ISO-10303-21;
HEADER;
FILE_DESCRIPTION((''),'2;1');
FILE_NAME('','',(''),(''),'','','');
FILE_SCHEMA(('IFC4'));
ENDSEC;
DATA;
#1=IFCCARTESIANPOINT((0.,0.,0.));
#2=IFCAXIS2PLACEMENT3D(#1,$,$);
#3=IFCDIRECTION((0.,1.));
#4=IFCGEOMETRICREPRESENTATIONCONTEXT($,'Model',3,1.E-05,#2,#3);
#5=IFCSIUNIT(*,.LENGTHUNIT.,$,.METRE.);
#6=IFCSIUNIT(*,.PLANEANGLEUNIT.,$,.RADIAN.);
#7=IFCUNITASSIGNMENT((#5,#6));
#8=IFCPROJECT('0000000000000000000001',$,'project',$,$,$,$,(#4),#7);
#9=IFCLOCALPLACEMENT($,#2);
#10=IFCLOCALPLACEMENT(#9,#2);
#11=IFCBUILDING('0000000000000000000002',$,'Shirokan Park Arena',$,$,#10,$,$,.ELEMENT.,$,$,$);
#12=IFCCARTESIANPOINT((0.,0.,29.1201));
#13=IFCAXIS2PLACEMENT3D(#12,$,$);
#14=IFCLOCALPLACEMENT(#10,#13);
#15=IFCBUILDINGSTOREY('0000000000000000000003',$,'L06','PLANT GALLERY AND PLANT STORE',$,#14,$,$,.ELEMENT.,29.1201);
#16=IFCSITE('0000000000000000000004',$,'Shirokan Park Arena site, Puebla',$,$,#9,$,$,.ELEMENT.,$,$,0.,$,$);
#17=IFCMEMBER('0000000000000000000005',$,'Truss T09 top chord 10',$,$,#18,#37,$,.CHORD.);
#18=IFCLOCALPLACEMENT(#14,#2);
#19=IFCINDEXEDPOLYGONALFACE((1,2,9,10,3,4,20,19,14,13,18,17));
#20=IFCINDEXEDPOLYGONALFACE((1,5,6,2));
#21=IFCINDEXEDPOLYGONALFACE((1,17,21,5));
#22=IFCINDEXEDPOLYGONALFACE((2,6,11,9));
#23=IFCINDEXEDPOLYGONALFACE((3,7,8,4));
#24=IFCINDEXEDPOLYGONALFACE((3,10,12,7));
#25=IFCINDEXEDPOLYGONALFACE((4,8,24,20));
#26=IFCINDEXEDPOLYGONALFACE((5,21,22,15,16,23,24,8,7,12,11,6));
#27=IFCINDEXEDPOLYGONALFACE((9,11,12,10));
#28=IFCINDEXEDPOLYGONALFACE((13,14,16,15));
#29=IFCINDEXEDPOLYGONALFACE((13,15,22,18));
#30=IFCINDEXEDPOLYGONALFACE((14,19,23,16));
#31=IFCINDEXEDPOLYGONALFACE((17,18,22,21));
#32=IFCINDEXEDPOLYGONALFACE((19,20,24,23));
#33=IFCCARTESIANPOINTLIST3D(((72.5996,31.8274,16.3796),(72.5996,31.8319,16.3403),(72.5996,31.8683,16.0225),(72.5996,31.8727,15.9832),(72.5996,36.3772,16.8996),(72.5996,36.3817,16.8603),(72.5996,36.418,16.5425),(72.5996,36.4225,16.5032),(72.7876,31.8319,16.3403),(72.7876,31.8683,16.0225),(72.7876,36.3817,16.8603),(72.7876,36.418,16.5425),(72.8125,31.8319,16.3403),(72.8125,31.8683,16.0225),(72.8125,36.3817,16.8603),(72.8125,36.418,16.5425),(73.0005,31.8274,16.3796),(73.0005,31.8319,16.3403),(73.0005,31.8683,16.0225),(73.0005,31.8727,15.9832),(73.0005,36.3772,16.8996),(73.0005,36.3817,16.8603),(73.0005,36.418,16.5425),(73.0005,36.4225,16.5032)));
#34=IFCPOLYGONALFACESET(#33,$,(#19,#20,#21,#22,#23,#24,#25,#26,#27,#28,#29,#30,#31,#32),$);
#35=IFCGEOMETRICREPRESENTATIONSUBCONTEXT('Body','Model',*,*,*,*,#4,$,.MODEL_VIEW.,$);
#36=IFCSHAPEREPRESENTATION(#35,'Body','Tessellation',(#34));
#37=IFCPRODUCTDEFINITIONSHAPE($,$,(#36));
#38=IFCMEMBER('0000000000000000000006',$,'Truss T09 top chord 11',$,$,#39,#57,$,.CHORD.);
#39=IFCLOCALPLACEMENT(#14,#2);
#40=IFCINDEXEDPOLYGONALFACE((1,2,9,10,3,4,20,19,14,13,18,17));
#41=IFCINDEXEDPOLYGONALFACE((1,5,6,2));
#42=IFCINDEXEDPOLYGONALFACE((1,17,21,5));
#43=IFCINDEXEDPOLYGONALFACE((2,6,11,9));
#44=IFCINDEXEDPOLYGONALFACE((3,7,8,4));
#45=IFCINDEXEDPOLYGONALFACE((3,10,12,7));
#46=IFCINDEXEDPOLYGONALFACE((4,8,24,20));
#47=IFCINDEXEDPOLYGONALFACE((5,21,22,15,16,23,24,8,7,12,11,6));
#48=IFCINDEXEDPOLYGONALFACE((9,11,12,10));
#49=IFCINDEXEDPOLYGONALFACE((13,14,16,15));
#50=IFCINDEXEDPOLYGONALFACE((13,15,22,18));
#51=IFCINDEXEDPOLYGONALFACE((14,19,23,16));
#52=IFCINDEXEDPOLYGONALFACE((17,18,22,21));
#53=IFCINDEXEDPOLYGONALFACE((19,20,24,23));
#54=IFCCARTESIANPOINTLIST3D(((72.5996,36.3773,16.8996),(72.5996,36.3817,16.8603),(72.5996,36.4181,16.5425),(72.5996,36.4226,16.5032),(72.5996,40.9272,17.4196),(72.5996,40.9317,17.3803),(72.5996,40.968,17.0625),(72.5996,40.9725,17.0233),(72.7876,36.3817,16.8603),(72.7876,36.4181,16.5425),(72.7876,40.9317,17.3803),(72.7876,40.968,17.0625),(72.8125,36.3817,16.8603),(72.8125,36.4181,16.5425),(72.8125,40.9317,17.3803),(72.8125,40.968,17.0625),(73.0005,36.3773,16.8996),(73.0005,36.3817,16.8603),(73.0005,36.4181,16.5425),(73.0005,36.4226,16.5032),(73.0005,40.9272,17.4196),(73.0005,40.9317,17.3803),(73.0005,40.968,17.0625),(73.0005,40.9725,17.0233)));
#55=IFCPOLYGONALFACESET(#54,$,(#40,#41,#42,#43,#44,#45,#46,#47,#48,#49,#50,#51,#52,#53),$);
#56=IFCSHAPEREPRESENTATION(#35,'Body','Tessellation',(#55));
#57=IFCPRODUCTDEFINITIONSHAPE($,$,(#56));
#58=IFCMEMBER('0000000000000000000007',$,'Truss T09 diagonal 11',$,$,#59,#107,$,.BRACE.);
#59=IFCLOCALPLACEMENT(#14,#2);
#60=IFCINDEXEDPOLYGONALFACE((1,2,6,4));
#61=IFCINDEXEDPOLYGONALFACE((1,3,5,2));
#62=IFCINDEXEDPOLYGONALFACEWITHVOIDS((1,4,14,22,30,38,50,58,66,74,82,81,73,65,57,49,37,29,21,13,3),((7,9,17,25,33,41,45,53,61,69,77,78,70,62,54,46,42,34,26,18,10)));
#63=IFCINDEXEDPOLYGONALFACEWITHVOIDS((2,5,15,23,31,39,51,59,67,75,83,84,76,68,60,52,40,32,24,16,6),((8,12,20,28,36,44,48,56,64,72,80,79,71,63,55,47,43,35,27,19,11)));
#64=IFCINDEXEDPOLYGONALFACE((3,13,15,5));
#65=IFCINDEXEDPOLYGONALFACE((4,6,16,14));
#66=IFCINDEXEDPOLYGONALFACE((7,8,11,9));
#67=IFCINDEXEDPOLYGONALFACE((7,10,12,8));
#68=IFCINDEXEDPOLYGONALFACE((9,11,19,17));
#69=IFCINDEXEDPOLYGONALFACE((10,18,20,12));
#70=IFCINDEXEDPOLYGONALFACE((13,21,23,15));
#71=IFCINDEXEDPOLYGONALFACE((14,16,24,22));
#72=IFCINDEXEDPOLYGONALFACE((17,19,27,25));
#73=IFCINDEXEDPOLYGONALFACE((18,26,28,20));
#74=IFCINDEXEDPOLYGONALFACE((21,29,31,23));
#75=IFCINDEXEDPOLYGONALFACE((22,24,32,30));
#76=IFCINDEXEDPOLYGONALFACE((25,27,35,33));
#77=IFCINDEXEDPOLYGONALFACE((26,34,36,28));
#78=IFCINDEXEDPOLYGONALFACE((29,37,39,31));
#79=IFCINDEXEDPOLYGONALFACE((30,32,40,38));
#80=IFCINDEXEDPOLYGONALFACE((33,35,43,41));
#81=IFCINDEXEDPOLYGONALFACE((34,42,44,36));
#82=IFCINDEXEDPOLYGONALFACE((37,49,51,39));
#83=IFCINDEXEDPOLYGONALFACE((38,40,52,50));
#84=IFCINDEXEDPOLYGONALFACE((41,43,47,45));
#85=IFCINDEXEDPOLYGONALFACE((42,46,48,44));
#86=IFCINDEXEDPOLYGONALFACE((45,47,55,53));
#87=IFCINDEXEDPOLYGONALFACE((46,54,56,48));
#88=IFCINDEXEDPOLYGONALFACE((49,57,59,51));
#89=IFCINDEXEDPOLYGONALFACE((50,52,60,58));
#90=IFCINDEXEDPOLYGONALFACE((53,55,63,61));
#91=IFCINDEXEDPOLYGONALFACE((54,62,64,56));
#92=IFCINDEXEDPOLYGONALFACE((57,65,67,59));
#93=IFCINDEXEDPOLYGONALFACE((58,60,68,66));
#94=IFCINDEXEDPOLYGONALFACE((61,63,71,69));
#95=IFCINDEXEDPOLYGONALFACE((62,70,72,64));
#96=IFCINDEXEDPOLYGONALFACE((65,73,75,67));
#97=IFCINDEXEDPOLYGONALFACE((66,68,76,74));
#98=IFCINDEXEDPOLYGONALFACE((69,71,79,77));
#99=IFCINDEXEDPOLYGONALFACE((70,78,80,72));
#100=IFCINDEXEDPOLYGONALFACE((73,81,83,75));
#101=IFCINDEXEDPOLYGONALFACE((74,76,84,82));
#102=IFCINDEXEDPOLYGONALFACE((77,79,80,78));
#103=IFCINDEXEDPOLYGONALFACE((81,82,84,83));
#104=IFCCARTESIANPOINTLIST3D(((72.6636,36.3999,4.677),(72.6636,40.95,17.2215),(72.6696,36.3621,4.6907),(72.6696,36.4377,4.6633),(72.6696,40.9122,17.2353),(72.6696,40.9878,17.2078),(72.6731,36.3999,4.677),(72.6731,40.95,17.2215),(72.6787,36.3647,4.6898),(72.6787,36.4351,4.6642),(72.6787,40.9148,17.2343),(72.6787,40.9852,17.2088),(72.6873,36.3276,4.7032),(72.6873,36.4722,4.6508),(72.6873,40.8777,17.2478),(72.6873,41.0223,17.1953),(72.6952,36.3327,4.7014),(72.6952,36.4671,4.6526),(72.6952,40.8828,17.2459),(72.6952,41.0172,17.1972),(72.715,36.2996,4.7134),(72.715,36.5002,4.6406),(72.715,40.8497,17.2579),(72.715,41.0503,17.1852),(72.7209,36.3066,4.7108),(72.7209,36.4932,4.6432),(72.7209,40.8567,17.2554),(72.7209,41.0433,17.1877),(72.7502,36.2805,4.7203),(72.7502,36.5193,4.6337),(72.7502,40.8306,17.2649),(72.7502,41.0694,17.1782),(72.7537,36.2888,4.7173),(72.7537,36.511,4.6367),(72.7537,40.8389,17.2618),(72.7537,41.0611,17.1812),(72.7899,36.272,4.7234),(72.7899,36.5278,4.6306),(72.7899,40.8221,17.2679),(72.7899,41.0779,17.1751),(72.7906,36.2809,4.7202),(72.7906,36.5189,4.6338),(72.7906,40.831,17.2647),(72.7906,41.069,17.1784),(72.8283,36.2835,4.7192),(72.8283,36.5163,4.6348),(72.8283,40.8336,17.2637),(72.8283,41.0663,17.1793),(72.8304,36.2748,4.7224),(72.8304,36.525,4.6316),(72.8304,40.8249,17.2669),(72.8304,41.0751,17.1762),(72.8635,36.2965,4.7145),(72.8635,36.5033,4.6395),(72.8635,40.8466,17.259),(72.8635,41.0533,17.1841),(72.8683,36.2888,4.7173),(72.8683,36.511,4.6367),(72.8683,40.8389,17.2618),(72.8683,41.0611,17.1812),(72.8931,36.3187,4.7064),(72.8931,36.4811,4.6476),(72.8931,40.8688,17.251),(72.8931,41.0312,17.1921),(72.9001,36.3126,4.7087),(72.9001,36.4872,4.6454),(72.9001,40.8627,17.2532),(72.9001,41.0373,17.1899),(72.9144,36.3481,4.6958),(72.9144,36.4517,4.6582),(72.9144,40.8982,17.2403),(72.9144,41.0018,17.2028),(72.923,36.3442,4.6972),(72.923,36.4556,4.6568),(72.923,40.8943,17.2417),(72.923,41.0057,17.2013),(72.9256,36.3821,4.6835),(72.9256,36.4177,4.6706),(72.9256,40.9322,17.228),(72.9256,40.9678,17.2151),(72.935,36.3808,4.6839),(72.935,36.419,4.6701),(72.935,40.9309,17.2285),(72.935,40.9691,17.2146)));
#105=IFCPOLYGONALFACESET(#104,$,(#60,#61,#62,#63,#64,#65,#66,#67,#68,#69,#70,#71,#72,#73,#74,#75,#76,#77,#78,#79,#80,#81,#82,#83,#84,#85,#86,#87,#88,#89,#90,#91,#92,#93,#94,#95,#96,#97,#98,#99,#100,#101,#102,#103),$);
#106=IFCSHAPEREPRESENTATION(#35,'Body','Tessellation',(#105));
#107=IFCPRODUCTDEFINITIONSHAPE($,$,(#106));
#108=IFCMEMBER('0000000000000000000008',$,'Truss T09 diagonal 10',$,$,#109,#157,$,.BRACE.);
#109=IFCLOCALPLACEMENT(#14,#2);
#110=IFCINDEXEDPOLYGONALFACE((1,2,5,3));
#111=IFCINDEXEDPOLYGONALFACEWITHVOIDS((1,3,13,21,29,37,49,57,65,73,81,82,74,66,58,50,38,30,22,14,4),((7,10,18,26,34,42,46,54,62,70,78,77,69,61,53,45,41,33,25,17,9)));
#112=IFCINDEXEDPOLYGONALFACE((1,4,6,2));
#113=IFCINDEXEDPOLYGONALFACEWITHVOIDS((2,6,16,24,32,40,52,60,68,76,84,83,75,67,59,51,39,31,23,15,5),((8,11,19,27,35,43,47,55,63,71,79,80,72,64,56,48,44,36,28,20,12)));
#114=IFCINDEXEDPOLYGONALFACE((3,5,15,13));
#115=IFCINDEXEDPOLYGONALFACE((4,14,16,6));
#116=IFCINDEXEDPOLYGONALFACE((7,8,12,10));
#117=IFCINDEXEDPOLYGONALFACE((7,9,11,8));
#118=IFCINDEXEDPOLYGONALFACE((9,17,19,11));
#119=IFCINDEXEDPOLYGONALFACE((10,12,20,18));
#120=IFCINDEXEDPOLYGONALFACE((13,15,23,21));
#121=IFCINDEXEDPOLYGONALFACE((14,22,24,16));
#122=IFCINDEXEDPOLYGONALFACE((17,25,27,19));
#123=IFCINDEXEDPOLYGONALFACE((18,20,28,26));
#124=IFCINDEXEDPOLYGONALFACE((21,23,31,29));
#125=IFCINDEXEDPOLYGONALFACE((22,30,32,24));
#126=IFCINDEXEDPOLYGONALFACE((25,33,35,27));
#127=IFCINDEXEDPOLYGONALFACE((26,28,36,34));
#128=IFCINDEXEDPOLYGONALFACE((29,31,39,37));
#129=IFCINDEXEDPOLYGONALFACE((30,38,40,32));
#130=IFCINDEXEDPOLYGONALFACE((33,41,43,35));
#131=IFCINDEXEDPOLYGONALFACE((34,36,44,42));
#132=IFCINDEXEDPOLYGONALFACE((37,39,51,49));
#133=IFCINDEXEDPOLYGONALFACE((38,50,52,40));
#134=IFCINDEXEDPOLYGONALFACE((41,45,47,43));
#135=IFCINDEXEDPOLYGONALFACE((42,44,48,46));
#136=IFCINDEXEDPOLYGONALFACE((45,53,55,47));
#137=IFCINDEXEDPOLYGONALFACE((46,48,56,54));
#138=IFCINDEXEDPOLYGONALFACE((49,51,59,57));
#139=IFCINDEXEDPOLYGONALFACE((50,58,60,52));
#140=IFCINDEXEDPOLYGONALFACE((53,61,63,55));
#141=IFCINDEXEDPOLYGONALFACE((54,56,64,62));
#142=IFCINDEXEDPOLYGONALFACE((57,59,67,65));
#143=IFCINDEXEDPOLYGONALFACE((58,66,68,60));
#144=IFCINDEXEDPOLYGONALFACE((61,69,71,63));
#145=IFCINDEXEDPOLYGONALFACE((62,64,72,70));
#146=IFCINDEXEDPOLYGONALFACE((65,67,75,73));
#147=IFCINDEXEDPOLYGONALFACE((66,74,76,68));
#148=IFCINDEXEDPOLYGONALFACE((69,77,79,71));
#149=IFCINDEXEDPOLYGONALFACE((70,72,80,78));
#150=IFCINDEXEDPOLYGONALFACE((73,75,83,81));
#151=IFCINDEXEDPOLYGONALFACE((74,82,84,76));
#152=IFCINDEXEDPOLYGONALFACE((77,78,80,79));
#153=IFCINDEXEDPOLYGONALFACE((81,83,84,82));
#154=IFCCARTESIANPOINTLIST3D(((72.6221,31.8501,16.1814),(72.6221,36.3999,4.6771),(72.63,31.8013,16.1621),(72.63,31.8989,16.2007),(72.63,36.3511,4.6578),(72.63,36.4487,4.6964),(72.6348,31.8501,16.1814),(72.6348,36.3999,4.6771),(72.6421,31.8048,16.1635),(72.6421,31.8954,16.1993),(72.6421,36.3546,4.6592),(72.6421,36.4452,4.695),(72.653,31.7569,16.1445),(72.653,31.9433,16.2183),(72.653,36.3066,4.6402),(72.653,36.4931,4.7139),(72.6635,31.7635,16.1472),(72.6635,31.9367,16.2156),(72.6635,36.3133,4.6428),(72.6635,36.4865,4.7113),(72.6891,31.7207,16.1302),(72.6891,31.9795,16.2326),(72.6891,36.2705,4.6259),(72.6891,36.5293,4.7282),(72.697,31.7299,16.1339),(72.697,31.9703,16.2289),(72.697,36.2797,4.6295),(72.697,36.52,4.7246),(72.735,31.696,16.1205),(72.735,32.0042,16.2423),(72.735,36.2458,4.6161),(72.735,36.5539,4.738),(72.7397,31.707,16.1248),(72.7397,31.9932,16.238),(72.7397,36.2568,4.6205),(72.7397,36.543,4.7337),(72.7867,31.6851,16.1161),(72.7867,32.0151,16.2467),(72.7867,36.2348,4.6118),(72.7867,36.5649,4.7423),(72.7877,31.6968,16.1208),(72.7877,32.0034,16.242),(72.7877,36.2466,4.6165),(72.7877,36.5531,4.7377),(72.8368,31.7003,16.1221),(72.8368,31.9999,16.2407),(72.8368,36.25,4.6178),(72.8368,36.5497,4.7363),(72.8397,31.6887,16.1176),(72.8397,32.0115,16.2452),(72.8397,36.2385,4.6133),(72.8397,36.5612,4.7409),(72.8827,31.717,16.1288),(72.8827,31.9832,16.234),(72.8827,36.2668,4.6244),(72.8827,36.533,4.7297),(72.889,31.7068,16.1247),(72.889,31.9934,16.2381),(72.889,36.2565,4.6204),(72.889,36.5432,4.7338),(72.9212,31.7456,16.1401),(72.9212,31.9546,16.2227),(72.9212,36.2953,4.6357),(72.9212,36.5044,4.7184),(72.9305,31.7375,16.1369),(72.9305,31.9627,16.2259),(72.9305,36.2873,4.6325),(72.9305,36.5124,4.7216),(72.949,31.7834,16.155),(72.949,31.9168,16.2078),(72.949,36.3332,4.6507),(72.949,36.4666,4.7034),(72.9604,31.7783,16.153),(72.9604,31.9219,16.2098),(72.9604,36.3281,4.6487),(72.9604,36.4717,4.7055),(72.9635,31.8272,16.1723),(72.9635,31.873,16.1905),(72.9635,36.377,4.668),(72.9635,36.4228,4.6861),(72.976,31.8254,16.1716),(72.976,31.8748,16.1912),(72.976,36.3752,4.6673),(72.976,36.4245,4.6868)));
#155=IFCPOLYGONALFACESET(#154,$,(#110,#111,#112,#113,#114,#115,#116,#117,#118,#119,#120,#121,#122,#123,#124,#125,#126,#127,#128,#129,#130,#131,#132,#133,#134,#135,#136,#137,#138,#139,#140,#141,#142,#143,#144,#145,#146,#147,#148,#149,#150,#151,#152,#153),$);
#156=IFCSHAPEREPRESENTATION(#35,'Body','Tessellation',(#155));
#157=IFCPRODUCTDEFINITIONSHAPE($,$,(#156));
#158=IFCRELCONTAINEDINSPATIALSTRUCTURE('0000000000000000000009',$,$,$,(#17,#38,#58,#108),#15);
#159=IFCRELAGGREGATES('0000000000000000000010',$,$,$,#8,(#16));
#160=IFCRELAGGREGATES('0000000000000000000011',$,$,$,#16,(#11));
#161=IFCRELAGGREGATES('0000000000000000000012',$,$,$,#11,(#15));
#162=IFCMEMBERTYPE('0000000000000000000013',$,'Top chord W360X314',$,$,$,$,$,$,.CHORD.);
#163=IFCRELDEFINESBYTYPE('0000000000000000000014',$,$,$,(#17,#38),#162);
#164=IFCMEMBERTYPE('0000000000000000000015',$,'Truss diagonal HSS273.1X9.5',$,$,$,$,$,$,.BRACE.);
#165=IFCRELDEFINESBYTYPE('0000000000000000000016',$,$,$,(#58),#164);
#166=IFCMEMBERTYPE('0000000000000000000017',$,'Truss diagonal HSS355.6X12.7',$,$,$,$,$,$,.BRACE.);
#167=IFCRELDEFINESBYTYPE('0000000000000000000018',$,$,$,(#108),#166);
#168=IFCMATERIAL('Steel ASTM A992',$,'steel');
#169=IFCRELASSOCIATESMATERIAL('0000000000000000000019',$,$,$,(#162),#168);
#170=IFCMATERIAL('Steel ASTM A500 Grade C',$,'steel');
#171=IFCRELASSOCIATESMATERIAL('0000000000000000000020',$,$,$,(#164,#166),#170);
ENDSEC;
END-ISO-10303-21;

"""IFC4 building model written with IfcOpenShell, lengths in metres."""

from ifc_helpers import new_model, si_unit, direction, frame, origin, origin_2d, place, context, subcontext, project, spatial, hollow_circle, i_section, extrude, material, material_profile, profile_set, type_object, element, save


model = new_model("IFC4")

# Units and contexts
model_context = context("Model", 3, precision=1e-05, world=origin(), true_north=direction((0.0, 1.0)))
body_context = subcontext(model_context, "Body", "Model", "MODEL_VIEW")
ifc_project = project(units=[si_unit("LENGTHUNIT", "METRE"), si_unit("PLANEANGLEUNIT", "RADIAN")], contexts=[model_context])

# Site, building, storey
site_placement = place(None, origin())
site = spatial("IfcSite", under=ifc_project, at=site_placement, Name="Shirokan Park Arena site, Puebla", CompositionType="ELEMENT", RefElevation=0.0)
building_placement = place(site_placement, origin())
building = spatial("IfcBuilding", under=site, at=building_placement, Name="Shirokan Park Arena", CompositionType="ELEMENT")
storey_placement = place(building_placement, frame((0.0, 0.0, 29.1201)))
storey = spatial("IfcBuildingStorey", under=building, at=storey_placement, Name="L06", Description="PLANT GALLERY AND PLANT STORE", CompositionType="ELEMENT", Elevation=29.1201)

# Members
ifc_material_1 = material(Name="Steel ASTM A992", Category="steel")
ifc_material_profile_1 = material_profile(ifc_material_1, i_section(OverallWidth=0.4009, OverallDepth=0.3989, WebThickness=0.0249, FlangeThickness=0.0396, at=origin_2d()), Name="W360X314")
ifc_profile_set_1 = profile_set([ifc_material_profile_1], Name="Steel ASTM A992")
member_type_1 = type_object("IfcMemberType", Name="Top chord W360X314", PredefinedType="CHORD", material=ifc_profile_set_1)
member_1_placement = place(storey_placement, frame((72.8, 31.8501, 16.1814), z_axis=(0.0, 0.993532, 0.113556), x_axis=(-1.0, 0.0, 0.0)))
element("IfcMember", 1, at=member_1_placement, inside=storey, type_object=member_type_1, Name="Truss T09 top chord 10", PredefinedType="CHORD", context=body_context, shape_type="SweptSolid", body=[
    extrude(i_section(OverallWidth=0.4009, OverallDepth=0.3989, WebThickness=0.0249, FlangeThickness=0.0396, at=origin_2d()), origin(), (0.0, 0.0, 1.0), 4.5793),
])
member_2_placement = place(storey_placement, frame((72.8, 36.3999, 16.7014), z_axis=(0.0, 0.993532, 0.11355), x_axis=(-1.0, 0.0, 0.0)))
element("IfcMember", 2, at=member_2_placement, inside=storey, type_object=member_type_1, Name="Truss T09 top chord 11", PredefinedType="CHORD", context=body_context, shape_type="SweptSolid", body=[
    extrude(i_section(OverallWidth=0.4009, OverallDepth=0.3989, WebThickness=0.0249, FlangeThickness=0.0396, at=origin_2d()), origin(), (0.0, 0.0, 1.0), 4.5796),
])
ifc_material_2 = material(Name="Steel ASTM A500 Grade C", Category="steel")
ifc_material_profile_2 = material_profile(ifc_material_2, hollow_circle(Radius=0.1365, WallThickness=0.0095, at=origin_2d()), Name="HSS273.1X9.5")
ifc_profile_set_2 = profile_set([ifc_material_profile_2], Name="Steel ASTM A500 Grade C")
member_type_2 = type_object("IfcMemberType", Name="Truss diagonal HSS273.1X9.5", PredefinedType="BRACE", material=ifc_profile_set_2)
member_3_placement = place(storey_placement, frame((72.8, 36.3999, 4.677), z_axis=(0.0, 0.340978, 0.940071), x_axis=(-1.0, 0.0, 0.0)))
element("IfcMember", 3, at=member_3_placement, inside=storey, type_object=member_type_2, Name="Truss T09 diagonal 11", PredefinedType="BRACE", context=body_context, shape_type="SweptSolid", body=[
    extrude(hollow_circle(Radius=0.1365, WallThickness=0.0095, at=origin_2d()), origin(), (0.0, 0.0, 1.0), 13.3442),
])
ifc_material_profile_3 = material_profile(ifc_material_2, hollow_circle(Radius=0.178, WallThickness=0.0127, at=origin_2d()), Name="HSS355.6X12.7")
ifc_profile_set_3 = profile_set([ifc_material_profile_3], Name="Steel ASTM A500 Grade C")
member_type_3 = type_object("IfcMemberType", Name="Truss diagonal HSS355.6X12.7", PredefinedType="BRACE", material=ifc_profile_set_3)
member_4_placement = place(storey_placement, frame((72.8, 31.8501, 16.1814), z_axis=(0.0, 0.367768, -0.929918), x_axis=(-1.0, 0.0, 0.0)))
element("IfcMember", 4, at=member_4_placement, inside=storey, type_object=member_type_3, Name="Truss T09 diagonal 10", PredefinedType="BRACE", context=body_context, shape_type="SweptSolid", body=[
    extrude(hollow_circle(Radius=0.178, WallThickness=0.0127, at=origin_2d()), origin(), (0.0, 0.0, 1.0), 12.3713),
])

save(model, "model.ifc")
